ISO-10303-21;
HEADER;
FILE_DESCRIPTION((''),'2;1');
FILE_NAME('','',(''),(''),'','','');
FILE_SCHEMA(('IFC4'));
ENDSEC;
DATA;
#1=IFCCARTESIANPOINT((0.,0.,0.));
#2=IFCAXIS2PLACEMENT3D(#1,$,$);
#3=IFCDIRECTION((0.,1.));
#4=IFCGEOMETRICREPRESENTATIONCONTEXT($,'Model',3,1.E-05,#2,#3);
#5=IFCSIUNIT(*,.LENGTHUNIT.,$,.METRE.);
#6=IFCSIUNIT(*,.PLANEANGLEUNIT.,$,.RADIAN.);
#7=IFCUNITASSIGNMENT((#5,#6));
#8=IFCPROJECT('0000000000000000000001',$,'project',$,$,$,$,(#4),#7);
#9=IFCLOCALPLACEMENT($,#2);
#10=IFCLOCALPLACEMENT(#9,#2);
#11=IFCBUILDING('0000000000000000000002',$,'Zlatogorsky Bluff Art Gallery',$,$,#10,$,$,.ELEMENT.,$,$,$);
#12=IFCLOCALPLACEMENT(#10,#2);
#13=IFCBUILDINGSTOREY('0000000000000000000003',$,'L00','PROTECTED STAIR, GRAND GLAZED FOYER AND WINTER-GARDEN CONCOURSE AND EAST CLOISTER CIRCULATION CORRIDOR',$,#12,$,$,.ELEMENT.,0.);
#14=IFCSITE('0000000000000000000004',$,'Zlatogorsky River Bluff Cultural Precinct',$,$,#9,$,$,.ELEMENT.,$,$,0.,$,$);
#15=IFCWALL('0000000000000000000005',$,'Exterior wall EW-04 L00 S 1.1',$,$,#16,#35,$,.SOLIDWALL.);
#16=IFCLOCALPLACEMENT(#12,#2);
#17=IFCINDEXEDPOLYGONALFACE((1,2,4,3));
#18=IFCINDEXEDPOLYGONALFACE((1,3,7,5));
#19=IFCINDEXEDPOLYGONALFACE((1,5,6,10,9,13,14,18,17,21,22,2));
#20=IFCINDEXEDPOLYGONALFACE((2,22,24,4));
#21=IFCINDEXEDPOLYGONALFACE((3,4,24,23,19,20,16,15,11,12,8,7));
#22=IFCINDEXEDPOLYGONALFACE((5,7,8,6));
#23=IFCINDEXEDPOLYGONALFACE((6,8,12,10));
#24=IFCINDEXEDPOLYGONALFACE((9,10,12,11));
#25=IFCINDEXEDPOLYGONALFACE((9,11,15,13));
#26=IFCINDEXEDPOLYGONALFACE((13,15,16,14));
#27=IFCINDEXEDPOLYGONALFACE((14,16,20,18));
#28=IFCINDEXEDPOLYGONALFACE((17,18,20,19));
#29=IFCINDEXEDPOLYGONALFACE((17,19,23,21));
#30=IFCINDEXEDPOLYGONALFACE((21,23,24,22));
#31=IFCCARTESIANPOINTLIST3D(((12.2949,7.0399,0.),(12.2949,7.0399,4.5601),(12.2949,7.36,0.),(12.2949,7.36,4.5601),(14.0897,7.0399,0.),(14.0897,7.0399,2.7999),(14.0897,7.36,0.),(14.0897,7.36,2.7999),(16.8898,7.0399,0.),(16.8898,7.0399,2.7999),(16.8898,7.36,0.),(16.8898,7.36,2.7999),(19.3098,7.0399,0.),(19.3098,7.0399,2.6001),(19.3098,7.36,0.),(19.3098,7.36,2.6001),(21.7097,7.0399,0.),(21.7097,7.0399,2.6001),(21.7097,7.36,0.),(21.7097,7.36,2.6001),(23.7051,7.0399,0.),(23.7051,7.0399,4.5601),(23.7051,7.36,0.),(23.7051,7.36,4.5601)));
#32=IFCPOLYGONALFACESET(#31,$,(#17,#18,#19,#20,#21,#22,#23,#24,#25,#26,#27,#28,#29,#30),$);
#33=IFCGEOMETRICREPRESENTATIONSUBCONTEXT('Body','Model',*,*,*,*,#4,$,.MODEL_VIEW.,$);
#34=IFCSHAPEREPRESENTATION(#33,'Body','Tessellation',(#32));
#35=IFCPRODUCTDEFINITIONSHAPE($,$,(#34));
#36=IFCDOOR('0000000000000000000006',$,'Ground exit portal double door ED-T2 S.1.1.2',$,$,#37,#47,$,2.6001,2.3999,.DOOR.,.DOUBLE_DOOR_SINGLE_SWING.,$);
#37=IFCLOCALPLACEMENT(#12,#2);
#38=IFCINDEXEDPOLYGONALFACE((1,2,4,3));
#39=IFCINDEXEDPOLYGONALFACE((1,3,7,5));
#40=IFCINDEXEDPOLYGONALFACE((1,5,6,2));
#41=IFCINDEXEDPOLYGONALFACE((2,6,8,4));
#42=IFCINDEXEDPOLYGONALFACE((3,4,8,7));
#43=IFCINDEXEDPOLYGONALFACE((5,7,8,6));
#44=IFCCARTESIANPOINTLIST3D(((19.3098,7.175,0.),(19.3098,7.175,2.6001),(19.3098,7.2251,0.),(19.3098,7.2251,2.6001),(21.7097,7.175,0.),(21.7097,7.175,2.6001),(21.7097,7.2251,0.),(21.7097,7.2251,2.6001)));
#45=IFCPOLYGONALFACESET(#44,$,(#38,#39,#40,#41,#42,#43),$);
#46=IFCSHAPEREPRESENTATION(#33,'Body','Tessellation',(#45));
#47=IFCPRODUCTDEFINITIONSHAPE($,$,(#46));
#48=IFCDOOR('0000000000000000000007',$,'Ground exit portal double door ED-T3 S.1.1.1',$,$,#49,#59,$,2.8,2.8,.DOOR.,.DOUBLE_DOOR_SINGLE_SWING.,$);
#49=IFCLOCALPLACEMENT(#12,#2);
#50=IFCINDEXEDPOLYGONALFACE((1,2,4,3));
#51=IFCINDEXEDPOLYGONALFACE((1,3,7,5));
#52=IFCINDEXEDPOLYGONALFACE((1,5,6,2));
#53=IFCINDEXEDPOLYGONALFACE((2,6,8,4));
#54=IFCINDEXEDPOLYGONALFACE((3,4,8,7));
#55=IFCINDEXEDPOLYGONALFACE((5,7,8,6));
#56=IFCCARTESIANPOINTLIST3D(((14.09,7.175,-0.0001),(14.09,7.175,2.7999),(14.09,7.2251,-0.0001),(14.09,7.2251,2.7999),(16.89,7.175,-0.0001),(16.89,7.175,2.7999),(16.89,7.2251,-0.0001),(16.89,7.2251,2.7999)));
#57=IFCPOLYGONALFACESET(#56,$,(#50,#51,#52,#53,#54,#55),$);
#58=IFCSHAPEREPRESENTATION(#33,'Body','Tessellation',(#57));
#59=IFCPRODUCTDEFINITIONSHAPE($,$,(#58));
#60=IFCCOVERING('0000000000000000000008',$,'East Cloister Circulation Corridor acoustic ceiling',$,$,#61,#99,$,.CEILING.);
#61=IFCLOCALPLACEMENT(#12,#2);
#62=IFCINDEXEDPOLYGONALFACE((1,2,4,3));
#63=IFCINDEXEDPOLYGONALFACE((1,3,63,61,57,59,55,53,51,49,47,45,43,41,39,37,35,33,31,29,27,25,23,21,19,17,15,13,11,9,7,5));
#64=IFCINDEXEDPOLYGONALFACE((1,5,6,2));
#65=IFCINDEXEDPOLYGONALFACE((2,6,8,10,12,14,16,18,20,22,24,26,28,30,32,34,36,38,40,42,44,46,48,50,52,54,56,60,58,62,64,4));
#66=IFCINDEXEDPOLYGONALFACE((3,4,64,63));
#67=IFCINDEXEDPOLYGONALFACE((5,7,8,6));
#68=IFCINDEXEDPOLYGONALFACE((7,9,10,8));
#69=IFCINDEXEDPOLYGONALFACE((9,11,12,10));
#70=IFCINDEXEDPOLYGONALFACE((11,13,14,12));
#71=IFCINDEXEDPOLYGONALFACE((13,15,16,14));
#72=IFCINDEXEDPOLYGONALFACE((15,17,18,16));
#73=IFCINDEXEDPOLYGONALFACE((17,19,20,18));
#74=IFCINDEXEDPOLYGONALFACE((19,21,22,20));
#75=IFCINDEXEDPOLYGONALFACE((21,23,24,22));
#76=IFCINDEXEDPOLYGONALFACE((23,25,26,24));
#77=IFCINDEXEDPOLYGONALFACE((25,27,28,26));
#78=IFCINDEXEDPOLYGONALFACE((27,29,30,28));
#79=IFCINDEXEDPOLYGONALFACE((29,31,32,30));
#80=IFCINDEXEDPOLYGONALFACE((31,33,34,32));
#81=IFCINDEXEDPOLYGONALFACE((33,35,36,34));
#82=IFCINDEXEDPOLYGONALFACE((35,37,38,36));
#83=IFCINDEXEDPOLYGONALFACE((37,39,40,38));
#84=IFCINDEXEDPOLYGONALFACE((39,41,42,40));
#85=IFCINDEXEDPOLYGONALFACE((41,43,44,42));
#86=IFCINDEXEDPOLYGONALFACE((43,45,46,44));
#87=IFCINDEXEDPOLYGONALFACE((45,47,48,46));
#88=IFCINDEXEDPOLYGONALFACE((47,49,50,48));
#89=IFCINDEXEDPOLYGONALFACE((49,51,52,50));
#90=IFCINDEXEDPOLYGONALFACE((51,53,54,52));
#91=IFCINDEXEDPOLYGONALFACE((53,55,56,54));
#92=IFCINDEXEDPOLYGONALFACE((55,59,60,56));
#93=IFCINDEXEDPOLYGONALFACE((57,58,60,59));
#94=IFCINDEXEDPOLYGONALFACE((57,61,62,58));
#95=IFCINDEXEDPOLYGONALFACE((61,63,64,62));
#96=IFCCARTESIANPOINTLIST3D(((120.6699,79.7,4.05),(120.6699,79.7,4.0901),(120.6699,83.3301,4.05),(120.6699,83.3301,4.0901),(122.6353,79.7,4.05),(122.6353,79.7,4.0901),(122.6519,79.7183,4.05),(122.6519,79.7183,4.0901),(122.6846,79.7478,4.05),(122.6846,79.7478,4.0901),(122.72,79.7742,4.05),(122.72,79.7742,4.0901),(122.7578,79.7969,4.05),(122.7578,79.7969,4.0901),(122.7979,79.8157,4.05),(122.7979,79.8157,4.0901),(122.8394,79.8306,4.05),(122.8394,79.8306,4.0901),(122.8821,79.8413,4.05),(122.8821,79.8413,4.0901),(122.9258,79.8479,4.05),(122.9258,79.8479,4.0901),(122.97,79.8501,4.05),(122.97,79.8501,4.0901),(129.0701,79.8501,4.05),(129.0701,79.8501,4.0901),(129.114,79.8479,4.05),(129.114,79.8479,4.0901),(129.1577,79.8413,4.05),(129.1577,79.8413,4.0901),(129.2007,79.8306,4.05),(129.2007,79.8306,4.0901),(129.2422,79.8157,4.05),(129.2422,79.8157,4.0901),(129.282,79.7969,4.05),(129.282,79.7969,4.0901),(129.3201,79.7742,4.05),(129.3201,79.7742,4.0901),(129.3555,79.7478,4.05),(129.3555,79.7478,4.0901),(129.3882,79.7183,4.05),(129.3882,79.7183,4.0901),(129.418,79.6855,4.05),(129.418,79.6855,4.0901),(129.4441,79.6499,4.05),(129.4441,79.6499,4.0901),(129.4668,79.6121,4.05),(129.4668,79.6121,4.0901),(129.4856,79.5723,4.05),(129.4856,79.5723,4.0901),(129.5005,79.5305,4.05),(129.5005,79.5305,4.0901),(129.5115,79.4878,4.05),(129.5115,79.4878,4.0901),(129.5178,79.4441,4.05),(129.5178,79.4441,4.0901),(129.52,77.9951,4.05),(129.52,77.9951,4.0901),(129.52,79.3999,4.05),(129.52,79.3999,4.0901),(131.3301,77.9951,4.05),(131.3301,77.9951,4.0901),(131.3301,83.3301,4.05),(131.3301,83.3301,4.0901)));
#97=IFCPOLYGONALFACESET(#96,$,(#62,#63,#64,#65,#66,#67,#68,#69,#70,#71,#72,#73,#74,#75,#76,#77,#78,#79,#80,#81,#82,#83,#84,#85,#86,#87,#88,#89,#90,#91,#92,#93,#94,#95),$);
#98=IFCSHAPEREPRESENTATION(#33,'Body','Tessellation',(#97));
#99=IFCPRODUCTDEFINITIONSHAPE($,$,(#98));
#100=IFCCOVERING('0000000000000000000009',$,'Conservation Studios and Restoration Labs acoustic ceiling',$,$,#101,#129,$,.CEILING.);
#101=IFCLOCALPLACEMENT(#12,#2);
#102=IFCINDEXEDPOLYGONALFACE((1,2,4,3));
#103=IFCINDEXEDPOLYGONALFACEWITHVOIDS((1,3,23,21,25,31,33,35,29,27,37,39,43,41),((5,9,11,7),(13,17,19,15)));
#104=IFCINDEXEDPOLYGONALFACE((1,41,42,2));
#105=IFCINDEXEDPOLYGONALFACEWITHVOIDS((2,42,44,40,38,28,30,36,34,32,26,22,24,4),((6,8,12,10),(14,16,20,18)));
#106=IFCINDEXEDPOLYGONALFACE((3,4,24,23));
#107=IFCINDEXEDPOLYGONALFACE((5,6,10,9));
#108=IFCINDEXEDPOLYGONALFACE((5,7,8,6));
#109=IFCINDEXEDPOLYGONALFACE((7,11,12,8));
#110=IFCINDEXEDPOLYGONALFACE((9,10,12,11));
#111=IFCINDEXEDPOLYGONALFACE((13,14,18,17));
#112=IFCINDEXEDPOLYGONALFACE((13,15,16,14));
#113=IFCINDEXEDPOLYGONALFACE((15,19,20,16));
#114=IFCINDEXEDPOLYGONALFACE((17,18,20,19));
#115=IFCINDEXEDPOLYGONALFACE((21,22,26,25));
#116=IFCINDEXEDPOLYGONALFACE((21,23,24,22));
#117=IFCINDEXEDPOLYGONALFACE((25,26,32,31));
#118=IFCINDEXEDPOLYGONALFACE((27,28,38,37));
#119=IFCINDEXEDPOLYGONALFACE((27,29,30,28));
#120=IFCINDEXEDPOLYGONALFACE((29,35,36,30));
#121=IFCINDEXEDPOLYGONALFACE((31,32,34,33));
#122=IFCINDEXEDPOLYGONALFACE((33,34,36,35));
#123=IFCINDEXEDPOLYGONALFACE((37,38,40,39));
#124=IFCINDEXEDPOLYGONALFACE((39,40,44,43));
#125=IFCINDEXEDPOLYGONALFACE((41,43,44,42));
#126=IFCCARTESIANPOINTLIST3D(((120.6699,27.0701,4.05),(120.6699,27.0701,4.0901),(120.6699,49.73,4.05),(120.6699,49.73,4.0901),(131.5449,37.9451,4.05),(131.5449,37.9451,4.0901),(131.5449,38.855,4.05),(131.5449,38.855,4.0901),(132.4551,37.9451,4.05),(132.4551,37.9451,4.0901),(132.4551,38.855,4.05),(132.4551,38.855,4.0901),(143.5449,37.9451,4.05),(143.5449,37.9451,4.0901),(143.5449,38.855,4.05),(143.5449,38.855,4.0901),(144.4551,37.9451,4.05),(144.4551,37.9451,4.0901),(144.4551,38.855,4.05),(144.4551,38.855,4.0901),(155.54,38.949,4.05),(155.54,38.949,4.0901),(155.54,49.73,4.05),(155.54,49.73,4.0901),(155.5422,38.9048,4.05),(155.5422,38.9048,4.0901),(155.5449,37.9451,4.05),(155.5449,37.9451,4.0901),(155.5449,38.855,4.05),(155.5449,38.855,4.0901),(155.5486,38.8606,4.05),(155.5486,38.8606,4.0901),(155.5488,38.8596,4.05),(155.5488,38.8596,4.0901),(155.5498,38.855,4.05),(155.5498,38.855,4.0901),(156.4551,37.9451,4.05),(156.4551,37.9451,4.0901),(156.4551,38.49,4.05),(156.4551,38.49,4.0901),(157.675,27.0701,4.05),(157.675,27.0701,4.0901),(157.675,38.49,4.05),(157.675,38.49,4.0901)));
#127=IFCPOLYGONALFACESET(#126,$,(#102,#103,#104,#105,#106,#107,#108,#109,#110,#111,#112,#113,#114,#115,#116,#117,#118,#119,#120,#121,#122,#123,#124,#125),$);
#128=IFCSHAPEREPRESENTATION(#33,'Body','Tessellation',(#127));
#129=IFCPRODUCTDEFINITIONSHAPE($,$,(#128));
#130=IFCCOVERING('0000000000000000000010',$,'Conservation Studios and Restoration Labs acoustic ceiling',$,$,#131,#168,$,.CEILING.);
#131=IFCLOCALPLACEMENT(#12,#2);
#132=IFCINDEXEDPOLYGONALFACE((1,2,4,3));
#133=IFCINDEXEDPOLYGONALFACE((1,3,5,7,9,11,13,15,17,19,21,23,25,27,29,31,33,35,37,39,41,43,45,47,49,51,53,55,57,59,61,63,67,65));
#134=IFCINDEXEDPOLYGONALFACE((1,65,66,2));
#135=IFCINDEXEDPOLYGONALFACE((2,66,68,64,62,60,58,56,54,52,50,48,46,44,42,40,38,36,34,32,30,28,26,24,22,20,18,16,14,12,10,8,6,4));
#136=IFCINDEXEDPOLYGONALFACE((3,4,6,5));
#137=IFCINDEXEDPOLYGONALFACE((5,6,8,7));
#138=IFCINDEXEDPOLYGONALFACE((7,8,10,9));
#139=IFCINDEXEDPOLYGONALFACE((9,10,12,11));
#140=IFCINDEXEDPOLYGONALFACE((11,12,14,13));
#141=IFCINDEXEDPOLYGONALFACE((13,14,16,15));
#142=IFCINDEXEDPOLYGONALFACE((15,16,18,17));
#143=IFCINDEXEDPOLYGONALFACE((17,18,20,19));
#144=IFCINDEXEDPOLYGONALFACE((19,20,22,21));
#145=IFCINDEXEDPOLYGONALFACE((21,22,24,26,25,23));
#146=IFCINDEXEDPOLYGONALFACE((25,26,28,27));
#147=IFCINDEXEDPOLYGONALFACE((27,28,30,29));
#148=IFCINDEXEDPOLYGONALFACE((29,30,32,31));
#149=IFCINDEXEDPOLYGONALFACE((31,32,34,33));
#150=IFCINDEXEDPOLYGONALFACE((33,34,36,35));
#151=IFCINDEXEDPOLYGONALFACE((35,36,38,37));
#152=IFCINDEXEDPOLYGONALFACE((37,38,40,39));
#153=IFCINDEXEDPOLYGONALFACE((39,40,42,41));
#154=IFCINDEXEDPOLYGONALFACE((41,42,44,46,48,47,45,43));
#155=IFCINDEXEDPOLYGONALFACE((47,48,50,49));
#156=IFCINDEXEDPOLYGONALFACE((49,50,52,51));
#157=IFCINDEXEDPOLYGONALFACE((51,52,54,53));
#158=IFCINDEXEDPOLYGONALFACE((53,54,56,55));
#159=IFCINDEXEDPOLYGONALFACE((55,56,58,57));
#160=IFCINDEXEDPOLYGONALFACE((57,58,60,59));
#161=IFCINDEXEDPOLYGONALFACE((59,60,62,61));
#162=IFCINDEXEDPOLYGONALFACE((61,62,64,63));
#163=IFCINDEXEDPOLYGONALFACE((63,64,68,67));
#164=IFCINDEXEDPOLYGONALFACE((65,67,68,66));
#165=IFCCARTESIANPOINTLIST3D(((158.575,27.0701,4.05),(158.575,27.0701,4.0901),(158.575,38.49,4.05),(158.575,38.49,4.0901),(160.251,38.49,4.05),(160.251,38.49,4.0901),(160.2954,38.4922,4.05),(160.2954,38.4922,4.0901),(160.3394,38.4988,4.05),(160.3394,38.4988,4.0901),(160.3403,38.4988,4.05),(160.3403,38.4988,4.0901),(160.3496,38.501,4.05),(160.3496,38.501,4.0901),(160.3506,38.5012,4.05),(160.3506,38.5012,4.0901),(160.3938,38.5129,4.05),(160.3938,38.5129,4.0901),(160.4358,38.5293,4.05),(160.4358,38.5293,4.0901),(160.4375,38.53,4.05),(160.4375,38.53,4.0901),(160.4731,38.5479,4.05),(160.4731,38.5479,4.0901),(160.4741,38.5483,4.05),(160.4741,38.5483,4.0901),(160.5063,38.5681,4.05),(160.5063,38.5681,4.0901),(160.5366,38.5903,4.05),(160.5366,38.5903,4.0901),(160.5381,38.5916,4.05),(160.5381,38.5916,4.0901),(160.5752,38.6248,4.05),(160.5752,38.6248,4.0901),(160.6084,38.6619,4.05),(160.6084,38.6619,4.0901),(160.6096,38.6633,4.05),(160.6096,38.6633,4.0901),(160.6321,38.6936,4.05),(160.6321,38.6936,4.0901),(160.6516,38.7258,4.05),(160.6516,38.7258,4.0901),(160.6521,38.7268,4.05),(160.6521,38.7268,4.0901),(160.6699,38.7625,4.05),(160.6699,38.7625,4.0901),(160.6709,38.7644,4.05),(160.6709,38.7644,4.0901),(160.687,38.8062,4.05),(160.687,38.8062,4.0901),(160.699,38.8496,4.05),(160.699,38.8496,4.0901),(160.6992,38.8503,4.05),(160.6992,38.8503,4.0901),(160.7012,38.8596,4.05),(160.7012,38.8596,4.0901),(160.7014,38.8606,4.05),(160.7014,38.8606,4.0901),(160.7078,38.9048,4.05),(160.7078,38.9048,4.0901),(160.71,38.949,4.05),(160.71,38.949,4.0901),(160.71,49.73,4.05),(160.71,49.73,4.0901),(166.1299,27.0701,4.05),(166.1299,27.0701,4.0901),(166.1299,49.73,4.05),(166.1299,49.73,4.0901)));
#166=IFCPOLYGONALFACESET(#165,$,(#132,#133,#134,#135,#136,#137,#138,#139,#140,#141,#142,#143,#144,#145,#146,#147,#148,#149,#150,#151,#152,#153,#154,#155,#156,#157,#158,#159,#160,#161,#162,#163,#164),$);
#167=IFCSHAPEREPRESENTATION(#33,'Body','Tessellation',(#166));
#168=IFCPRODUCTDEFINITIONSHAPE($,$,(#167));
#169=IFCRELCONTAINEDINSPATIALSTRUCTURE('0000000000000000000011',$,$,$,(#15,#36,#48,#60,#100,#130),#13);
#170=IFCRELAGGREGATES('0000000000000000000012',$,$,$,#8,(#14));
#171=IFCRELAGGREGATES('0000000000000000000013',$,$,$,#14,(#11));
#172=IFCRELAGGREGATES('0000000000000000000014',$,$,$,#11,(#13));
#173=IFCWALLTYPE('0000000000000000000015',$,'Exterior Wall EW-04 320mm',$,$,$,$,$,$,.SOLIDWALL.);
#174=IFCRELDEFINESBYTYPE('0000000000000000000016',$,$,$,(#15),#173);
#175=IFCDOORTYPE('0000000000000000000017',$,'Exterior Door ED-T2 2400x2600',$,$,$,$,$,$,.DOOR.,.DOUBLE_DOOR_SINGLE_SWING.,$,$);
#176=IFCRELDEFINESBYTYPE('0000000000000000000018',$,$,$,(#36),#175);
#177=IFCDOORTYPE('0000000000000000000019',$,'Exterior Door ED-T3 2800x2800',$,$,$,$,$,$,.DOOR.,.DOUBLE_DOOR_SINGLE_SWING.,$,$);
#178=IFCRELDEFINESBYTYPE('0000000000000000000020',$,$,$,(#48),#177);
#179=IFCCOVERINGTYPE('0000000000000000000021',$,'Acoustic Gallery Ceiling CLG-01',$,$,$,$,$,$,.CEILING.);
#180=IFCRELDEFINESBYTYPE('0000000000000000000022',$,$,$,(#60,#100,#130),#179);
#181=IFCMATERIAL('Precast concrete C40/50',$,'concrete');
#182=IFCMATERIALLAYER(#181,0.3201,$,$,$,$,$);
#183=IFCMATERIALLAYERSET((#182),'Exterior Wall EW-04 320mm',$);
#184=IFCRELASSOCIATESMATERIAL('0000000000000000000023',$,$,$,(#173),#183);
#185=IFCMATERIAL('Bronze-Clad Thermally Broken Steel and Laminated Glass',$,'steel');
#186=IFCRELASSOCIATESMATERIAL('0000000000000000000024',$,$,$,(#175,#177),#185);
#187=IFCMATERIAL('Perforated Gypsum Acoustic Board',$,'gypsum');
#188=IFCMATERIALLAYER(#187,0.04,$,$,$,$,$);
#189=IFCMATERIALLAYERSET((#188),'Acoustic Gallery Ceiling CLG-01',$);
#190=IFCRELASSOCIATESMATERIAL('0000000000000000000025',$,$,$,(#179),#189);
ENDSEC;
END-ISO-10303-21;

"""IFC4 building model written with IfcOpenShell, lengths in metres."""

from ifc_helpers import new_model, si_unit, direction, frame, frame_2d, origin, place, context, subcontext, project, spatial, polyline, rectangle, outline, extrude, material, layer, layer_set, type_object, element, fill, save


model = new_model("IFC4")

# Units and contexts
model_context = context("Model", 3, precision=1e-05, world=origin(), true_north=direction((0.0, 1.0)))
body_context = subcontext(model_context, "Body", "Model", "MODEL_VIEW")
ifc_project = project(units=[si_unit("LENGTHUNIT", "METRE"), si_unit("PLANEANGLEUNIT", "RADIAN")], contexts=[model_context])

# Site, building, storey
site_placement = place(None, origin())
site = spatial("IfcSite", under=ifc_project, at=site_placement, Name="Zlatogorsky River Bluff Cultural Precinct", CompositionType="ELEMENT", RefElevation=0.0)
building_placement = place(site_placement, origin())
building = spatial("IfcBuilding", under=site, at=building_placement, Name="Zlatogorsky Bluff Art Gallery", CompositionType="ELEMENT")
storey_placement = place(building_placement, origin())
storey = spatial("IfcBuildingStorey", under=building, at=storey_placement, Name="L00", Description="PROTECTED STAIR, GRAND GLAZED FOYER AND WINTER-GARDEN CONCOURSE AND EAST CLOISTER CIRCULATION CORRIDOR", CompositionType="ELEMENT", Elevation=0.0)

# Shared definitions
ifc_material_1 = material(Name="Precast concrete C40/50", Category="concrete")

# Wall, openings, doors
ifc_layer_1 = layer(ifc_material_1, 0.3201)
ifc_layer_set_1 = layer_set([ifc_layer_1], Name="Exterior Wall EW-04 320mm")
wall_type_1 = type_object("IfcWallType", Name="Exterior Wall EW-04 320mm", PredefinedType="SOLIDWALL", material=ifc_layer_set_1)
wall_1_placement = place(storey_placement, frame((12.2949, 7.2, 0.0), z_axis=(0.0, 0.0, 1.0), x_axis=(1.0, 0.0, 0.0)))
wall_1 = element("IfcWall", 1, at=wall_1_placement, inside=storey, type_object=wall_type_1, Name="Exterior wall EW-04 L00 S 1.1", PredefinedType="SOLIDWALL", context=body_context, shape_type="SweptSolid", body=[
    extrude(rectangle(XDim=11.4102, YDim=0.3201, at=frame_2d((5.7051, 0.0))), origin(), (0.0, 0.0, 1.0), 4.5601),
])
opening_1_placement = place(wall_1_placement, frame((1.7949, 0.0, 0.0)))
opening_1 = element("IfcOpeningElement", 2, at=opening_1_placement, cuts=wall_1, PredefinedType="OPENING", context=body_context, shape_type="SweptSolid", body=[
    extrude(rectangle(XDim=2.8, YDim=2.8, at=frame_2d((1.3999, 1.3999))), frame((0.0, 0.1699, 0.0), z_axis=(0.0, -1.0, 0.0), x_axis=(1.0, 0.0, 0.0)), (0.0, 0.0, 1.0), 0.3401),
])
opening_2_placement = place(wall_1_placement, frame((7.0149, 0.0, 0.0)))
opening_2 = element("IfcOpeningElement", 3, at=opening_2_placement, cuts=wall_1, PredefinedType="OPENING", context=body_context, shape_type="SweptSolid", body=[
    extrude(rectangle(XDim=2.3999, YDim=2.6001, at=frame_2d((1.2, 1.3))), frame((0.0, 0.1699, 0.0), z_axis=(0.0, -1.0, 0.0), x_axis=(1.0, 0.0, 0.0)), (0.0, 0.0, 1.0), 0.3401),
])
ifc_material_2 = material(Name="Bronze-Clad Thermally Broken Steel and Laminated Glass", Category="steel")
door_type_1 = type_object("IfcDoorType", Name="Exterior Door ED-T2 2400x2600", OperationType="DOUBLE_DOOR_SINGLE_SWING", PredefinedType="DOOR", material=ifc_material_2)
door_1_placement = place(opening_2_placement, frame((2.3999, 0.0, 0.0), z_axis=(0.0, 0.0, 1.0), x_axis=(-1.0, 0.0, 0.0)))
door_1 = element("IfcDoor", 4, at=door_1_placement, inside=storey, type_object=door_type_1, Name="Ground exit portal double door ED-T2 S.1.1.2", OperationType="DOUBLE_DOOR_SINGLE_SWING", OverallHeight=2.6001, OverallWidth=2.3999, PredefinedType="DOOR", context=body_context, shape_type="SweptSolid", body=[
    extrude(rectangle(XDim=2.3999, YDim=2.6001, at=frame_2d((1.2, 1.3))), frame((0.0, 0.0249, 0.0), z_axis=(0.0, -1.0, 0.0), x_axis=(1.0, 0.0, 0.0)), (0.0, 0.0, 1.0), 0.05),
])
fill(opening_2, door_1)
door_type_2 = type_object("IfcDoorType", Name="Exterior Door ED-T3 2800x2800", OperationType="DOUBLE_DOOR_SINGLE_SWING", PredefinedType="DOOR", material=ifc_material_2)
door_2_placement = place(opening_1_placement, frame((2.8, 0.0, 0.0), z_axis=(0.0, 0.0, 1.0), x_axis=(-1.0, 0.0, 0.0)))
door_2 = element("IfcDoor", 5, at=door_2_placement, inside=storey, type_object=door_type_2, Name="Ground exit portal double door ED-T3 S.1.1.1", OperationType="DOUBLE_DOOR_SINGLE_SWING", OverallHeight=2.8, OverallWidth=2.8, PredefinedType="DOOR", context=body_context, shape_type="SweptSolid", body=[
    extrude(rectangle(XDim=2.8, YDim=2.8, at=frame_2d((1.3999, 1.3999))), frame((0.0, 0.0249, 0.0), z_axis=(0.0, -1.0, 0.0), x_axis=(1.0, 0.0, 0.0)), (0.0, 0.0, 1.0), 0.05),
])
fill(opening_1, door_2)

# Coverings
ifc_material_3 = material(Name="Perforated Gypsum Acoustic Board", Category="gypsum")
ifc_layer_2 = layer(ifc_material_3, 0.04)
ifc_layer_set_2 = layer_set([ifc_layer_2], Name="Acoustic Gallery Ceiling CLG-01")
covering_type_1 = type_object("IfcCoveringType", Name="Acoustic Gallery Ceiling CLG-01", PredefinedType="CEILING", material=ifc_layer_set_2)
covering_1_placement = place(storey_placement, frame((0.0, 0.0, 4.05)))
element("IfcCovering", 6, at=covering_1_placement, inside=storey, type_object=covering_type_1, Name="East Cloister Circulation Corridor acoustic ceiling", PredefinedType="CEILING", context=body_context, shape_type="SweptSolid", body=[
    extrude(outline(polyline([(120.6699, 83.3301), (131.3301, 83.3301), (131.3301, 77.9951), (129.52, 77.9951), (129.52, 79.3999), (129.5178, 79.4441), (129.5115, 79.4878), (129.5005, 79.5305), (129.4856, 79.5723), (129.4668, 79.6121), (129.4441, 79.6499), (129.418, 79.6855), (129.3882, 79.7183), (129.3555, 79.7478), (129.3201, 79.7742), (129.282, 79.7969), (129.2422, 79.8157), (129.2007, 79.8306), (129.1577, 79.8413), (129.114, 79.8479), (129.0701, 79.8501), (122.97, 79.8501), (122.9258, 79.8479), (122.8821, 79.8413), (122.8394, 79.8306), (122.7979, 79.8157), (122.7578, 79.7969), (122.72, 79.7742), (122.6846, 79.7478), (122.6519, 79.7183), (122.6353, 79.7), (120.6699, 79.7), (120.6699, 83.3301)])), origin(), (0.0, 0.0, 1.0), 0.04),
])
covering_2_placement = place(storey_placement, frame((0.0, 0.0, 4.05)))
element("IfcCovering", 7, at=covering_2_placement, inside=storey, type_object=covering_type_1, Name="Conservation Studios and Restoration Labs acoustic ceiling", PredefinedType="CEILING", context=body_context, shape_type="SweptSolid", body=[
    extrude(outline(polyline([(155.54, 38.949), (155.5422, 38.9048), (155.5486, 38.8606), (155.5488, 38.8596), (155.5498, 38.855), (155.5449, 38.855), (155.5449, 37.9451), (156.4551, 37.9451), (156.4551, 38.49), (157.675, 38.49), (157.675, 27.0701), (120.6699, 27.0701), (120.6699, 49.73), (155.54, 49.73), (155.54, 38.949)]), holes=[polyline([(131.5449, 38.855), (131.5449, 37.9451), (132.4551, 37.9451), (132.4551, 38.855), (131.5449, 38.855)]), polyline([(143.5449, 38.855), (143.5449, 37.9451), (144.4551, 37.9451), (144.4551, 38.855), (143.5449, 38.855)])]), origin(), (0.0, 0.0, 1.0), 0.04),
])
covering_3_placement = place(storey_placement, frame((0.0, 0.0, 4.05)))
element("IfcCovering", 8, at=covering_3_placement, inside=storey, type_object=covering_type_1, Name="Conservation Studios and Restoration Labs acoustic ceiling", PredefinedType="CEILING", context=body_context, shape_type="SweptSolid", body=[
    extrude(outline(polyline([(166.1299, 49.73), (166.1299, 27.0701), (158.575, 27.0701), (158.575, 38.49), (160.251, 38.49), (160.2954, 38.4922), (160.3394, 38.4988), (160.3403, 38.4988), (160.3496, 38.501), (160.3506, 38.5012), (160.3938, 38.5129), (160.4358, 38.5293), (160.4375, 38.53), (160.4731, 38.5479), (160.4741, 38.5483), (160.5063, 38.5681), (160.5366, 38.5903), (160.5381, 38.5916), (160.5752, 38.6248), (160.6084, 38.6619), (160.6096, 38.6633), (160.6321, 38.6936), (160.6516, 38.7258), (160.6521, 38.7268), (160.6699, 38.7625), (160.6709, 38.7644), (160.687, 38.8062), (160.699, 38.8496), (160.6992, 38.8503), (160.7012, 38.8596), (160.7014, 38.8606), (160.7078, 38.9048), (160.71, 38.949), (160.71, 49.73), (166.1299, 49.73)])), origin(), (0.0, 0.0, 1.0), 0.04),
])

save(model, "model.ifc")
